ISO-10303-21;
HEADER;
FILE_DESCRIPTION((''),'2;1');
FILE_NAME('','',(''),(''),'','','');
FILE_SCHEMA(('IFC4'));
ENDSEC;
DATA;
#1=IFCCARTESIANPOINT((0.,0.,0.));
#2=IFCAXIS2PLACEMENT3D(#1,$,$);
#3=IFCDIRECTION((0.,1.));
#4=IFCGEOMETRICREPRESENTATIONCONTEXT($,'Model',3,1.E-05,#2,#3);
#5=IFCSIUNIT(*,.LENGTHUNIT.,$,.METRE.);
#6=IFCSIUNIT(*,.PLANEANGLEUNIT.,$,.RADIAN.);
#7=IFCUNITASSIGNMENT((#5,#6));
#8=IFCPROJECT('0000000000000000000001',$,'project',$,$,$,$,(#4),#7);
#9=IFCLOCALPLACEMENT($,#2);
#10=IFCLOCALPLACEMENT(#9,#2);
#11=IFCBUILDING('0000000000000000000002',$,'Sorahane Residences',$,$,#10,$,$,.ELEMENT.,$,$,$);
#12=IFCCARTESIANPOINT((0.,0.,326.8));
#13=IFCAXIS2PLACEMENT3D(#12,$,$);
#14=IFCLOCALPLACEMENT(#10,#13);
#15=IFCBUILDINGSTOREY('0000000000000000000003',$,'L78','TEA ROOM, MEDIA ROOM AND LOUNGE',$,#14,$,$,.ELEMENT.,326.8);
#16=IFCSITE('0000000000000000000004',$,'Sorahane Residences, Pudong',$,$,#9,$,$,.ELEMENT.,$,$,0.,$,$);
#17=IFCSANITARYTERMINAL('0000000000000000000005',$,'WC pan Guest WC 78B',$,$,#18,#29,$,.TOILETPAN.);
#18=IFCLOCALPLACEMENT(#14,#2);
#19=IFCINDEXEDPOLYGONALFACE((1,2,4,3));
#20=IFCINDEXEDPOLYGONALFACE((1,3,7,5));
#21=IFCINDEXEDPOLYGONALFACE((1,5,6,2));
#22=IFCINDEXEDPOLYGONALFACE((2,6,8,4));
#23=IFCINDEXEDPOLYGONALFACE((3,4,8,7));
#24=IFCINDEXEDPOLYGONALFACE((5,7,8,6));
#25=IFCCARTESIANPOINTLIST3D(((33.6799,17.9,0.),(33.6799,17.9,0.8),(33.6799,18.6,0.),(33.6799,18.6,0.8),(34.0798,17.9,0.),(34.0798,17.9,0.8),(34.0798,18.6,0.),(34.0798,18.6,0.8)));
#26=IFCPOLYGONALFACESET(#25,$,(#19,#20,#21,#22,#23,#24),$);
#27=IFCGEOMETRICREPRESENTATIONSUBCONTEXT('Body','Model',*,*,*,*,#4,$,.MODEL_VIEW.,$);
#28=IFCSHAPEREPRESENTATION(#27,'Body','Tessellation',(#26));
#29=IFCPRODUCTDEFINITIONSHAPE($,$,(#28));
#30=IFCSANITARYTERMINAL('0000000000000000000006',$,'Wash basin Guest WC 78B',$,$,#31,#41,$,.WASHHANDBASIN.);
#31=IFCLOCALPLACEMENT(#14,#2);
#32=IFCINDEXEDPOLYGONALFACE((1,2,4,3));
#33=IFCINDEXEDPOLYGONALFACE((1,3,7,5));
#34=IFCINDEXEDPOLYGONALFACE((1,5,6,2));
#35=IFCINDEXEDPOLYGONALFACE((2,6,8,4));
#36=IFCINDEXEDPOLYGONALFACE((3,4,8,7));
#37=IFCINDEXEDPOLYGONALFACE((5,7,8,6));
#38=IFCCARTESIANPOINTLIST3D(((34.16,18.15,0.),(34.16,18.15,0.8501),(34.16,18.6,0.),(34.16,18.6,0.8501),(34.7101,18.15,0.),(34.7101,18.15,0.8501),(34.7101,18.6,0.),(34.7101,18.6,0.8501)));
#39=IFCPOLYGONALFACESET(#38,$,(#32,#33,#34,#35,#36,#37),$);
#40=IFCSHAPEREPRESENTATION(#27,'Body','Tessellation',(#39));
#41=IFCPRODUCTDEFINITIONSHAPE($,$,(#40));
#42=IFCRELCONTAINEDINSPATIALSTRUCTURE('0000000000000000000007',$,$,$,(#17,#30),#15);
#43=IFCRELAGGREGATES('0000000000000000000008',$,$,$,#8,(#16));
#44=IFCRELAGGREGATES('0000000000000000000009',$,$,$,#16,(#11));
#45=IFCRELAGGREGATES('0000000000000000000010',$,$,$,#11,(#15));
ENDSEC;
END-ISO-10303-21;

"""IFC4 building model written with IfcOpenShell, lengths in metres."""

from ifc_helpers import new_model, si_unit, direction, frame, origin, origin_2d, place, context, subcontext, project, spatial, rectangle, extrude, element, save


model = new_model("IFC4")

# Units and contexts
model_context = context("Model", 3, precision=1e-05, world=origin(), true_north=direction((0.0, 1.0)))
body_context = subcontext(model_context, "Body", "Model", "MODEL_VIEW")
ifc_project = project(units=[si_unit("LENGTHUNIT", "METRE"), si_unit("PLANEANGLEUNIT", "RADIAN")], contexts=[model_context])

# Site, building, storey
site_placement = place(None, origin())
site = spatial("IfcSite", under=ifc_project, at=site_placement, Name="Sorahane Residences, Pudong", CompositionType="ELEMENT", RefElevation=0.0)
building_placement = place(site_placement, origin())
building = spatial("IfcBuilding", under=site, at=building_placement, Name="Sorahane Residences", CompositionType="ELEMENT")
storey_placement = place(building_placement, frame((0.0, 0.0, 326.8)))
storey = spatial("IfcBuildingStorey", under=building, at=storey_placement, Name="L78", Description="TEA ROOM, MEDIA ROOM AND LOUNGE", CompositionType="ELEMENT", Elevation=326.8)

# Sanitary terminals
sanitary_terminal_1_placement = place(storey_placement, frame((33.8799, 18.25, 0.0), z_axis=(0.0, 0.0, 1.0), x_axis=(1.0, 0.0, 0.0)))
element("IfcSanitaryTerminal", 1, at=sanitary_terminal_1_placement, inside=storey, Name="WC pan Guest WC 78B", PredefinedType="TOILETPAN", context=body_context, shape_type="SweptSolid", body=[
    extrude(rectangle(XDim=0.3999, YDim=0.7, at=origin_2d()), origin(), (0.0, 0.0, 1.0), 0.8),
])
sanitary_terminal_2_placement = place(storey_placement, frame((34.4351, 18.375, 0.0), z_axis=(0.0, 0.0, 1.0), x_axis=(1.0, 0.0, 0.0)))
element("IfcSanitaryTerminal", 2, at=sanitary_terminal_2_placement, inside=storey, Name="Wash basin Guest WC 78B", PredefinedType="WASHHANDBASIN", context=body_context, shape_type="SweptSolid", body=[
    extrude(rectangle(XDim=0.55, YDim=0.45, at=origin_2d()), origin(), (0.0, 0.0, 1.0), 0.8501),
])

save(model, "model.ifc")
